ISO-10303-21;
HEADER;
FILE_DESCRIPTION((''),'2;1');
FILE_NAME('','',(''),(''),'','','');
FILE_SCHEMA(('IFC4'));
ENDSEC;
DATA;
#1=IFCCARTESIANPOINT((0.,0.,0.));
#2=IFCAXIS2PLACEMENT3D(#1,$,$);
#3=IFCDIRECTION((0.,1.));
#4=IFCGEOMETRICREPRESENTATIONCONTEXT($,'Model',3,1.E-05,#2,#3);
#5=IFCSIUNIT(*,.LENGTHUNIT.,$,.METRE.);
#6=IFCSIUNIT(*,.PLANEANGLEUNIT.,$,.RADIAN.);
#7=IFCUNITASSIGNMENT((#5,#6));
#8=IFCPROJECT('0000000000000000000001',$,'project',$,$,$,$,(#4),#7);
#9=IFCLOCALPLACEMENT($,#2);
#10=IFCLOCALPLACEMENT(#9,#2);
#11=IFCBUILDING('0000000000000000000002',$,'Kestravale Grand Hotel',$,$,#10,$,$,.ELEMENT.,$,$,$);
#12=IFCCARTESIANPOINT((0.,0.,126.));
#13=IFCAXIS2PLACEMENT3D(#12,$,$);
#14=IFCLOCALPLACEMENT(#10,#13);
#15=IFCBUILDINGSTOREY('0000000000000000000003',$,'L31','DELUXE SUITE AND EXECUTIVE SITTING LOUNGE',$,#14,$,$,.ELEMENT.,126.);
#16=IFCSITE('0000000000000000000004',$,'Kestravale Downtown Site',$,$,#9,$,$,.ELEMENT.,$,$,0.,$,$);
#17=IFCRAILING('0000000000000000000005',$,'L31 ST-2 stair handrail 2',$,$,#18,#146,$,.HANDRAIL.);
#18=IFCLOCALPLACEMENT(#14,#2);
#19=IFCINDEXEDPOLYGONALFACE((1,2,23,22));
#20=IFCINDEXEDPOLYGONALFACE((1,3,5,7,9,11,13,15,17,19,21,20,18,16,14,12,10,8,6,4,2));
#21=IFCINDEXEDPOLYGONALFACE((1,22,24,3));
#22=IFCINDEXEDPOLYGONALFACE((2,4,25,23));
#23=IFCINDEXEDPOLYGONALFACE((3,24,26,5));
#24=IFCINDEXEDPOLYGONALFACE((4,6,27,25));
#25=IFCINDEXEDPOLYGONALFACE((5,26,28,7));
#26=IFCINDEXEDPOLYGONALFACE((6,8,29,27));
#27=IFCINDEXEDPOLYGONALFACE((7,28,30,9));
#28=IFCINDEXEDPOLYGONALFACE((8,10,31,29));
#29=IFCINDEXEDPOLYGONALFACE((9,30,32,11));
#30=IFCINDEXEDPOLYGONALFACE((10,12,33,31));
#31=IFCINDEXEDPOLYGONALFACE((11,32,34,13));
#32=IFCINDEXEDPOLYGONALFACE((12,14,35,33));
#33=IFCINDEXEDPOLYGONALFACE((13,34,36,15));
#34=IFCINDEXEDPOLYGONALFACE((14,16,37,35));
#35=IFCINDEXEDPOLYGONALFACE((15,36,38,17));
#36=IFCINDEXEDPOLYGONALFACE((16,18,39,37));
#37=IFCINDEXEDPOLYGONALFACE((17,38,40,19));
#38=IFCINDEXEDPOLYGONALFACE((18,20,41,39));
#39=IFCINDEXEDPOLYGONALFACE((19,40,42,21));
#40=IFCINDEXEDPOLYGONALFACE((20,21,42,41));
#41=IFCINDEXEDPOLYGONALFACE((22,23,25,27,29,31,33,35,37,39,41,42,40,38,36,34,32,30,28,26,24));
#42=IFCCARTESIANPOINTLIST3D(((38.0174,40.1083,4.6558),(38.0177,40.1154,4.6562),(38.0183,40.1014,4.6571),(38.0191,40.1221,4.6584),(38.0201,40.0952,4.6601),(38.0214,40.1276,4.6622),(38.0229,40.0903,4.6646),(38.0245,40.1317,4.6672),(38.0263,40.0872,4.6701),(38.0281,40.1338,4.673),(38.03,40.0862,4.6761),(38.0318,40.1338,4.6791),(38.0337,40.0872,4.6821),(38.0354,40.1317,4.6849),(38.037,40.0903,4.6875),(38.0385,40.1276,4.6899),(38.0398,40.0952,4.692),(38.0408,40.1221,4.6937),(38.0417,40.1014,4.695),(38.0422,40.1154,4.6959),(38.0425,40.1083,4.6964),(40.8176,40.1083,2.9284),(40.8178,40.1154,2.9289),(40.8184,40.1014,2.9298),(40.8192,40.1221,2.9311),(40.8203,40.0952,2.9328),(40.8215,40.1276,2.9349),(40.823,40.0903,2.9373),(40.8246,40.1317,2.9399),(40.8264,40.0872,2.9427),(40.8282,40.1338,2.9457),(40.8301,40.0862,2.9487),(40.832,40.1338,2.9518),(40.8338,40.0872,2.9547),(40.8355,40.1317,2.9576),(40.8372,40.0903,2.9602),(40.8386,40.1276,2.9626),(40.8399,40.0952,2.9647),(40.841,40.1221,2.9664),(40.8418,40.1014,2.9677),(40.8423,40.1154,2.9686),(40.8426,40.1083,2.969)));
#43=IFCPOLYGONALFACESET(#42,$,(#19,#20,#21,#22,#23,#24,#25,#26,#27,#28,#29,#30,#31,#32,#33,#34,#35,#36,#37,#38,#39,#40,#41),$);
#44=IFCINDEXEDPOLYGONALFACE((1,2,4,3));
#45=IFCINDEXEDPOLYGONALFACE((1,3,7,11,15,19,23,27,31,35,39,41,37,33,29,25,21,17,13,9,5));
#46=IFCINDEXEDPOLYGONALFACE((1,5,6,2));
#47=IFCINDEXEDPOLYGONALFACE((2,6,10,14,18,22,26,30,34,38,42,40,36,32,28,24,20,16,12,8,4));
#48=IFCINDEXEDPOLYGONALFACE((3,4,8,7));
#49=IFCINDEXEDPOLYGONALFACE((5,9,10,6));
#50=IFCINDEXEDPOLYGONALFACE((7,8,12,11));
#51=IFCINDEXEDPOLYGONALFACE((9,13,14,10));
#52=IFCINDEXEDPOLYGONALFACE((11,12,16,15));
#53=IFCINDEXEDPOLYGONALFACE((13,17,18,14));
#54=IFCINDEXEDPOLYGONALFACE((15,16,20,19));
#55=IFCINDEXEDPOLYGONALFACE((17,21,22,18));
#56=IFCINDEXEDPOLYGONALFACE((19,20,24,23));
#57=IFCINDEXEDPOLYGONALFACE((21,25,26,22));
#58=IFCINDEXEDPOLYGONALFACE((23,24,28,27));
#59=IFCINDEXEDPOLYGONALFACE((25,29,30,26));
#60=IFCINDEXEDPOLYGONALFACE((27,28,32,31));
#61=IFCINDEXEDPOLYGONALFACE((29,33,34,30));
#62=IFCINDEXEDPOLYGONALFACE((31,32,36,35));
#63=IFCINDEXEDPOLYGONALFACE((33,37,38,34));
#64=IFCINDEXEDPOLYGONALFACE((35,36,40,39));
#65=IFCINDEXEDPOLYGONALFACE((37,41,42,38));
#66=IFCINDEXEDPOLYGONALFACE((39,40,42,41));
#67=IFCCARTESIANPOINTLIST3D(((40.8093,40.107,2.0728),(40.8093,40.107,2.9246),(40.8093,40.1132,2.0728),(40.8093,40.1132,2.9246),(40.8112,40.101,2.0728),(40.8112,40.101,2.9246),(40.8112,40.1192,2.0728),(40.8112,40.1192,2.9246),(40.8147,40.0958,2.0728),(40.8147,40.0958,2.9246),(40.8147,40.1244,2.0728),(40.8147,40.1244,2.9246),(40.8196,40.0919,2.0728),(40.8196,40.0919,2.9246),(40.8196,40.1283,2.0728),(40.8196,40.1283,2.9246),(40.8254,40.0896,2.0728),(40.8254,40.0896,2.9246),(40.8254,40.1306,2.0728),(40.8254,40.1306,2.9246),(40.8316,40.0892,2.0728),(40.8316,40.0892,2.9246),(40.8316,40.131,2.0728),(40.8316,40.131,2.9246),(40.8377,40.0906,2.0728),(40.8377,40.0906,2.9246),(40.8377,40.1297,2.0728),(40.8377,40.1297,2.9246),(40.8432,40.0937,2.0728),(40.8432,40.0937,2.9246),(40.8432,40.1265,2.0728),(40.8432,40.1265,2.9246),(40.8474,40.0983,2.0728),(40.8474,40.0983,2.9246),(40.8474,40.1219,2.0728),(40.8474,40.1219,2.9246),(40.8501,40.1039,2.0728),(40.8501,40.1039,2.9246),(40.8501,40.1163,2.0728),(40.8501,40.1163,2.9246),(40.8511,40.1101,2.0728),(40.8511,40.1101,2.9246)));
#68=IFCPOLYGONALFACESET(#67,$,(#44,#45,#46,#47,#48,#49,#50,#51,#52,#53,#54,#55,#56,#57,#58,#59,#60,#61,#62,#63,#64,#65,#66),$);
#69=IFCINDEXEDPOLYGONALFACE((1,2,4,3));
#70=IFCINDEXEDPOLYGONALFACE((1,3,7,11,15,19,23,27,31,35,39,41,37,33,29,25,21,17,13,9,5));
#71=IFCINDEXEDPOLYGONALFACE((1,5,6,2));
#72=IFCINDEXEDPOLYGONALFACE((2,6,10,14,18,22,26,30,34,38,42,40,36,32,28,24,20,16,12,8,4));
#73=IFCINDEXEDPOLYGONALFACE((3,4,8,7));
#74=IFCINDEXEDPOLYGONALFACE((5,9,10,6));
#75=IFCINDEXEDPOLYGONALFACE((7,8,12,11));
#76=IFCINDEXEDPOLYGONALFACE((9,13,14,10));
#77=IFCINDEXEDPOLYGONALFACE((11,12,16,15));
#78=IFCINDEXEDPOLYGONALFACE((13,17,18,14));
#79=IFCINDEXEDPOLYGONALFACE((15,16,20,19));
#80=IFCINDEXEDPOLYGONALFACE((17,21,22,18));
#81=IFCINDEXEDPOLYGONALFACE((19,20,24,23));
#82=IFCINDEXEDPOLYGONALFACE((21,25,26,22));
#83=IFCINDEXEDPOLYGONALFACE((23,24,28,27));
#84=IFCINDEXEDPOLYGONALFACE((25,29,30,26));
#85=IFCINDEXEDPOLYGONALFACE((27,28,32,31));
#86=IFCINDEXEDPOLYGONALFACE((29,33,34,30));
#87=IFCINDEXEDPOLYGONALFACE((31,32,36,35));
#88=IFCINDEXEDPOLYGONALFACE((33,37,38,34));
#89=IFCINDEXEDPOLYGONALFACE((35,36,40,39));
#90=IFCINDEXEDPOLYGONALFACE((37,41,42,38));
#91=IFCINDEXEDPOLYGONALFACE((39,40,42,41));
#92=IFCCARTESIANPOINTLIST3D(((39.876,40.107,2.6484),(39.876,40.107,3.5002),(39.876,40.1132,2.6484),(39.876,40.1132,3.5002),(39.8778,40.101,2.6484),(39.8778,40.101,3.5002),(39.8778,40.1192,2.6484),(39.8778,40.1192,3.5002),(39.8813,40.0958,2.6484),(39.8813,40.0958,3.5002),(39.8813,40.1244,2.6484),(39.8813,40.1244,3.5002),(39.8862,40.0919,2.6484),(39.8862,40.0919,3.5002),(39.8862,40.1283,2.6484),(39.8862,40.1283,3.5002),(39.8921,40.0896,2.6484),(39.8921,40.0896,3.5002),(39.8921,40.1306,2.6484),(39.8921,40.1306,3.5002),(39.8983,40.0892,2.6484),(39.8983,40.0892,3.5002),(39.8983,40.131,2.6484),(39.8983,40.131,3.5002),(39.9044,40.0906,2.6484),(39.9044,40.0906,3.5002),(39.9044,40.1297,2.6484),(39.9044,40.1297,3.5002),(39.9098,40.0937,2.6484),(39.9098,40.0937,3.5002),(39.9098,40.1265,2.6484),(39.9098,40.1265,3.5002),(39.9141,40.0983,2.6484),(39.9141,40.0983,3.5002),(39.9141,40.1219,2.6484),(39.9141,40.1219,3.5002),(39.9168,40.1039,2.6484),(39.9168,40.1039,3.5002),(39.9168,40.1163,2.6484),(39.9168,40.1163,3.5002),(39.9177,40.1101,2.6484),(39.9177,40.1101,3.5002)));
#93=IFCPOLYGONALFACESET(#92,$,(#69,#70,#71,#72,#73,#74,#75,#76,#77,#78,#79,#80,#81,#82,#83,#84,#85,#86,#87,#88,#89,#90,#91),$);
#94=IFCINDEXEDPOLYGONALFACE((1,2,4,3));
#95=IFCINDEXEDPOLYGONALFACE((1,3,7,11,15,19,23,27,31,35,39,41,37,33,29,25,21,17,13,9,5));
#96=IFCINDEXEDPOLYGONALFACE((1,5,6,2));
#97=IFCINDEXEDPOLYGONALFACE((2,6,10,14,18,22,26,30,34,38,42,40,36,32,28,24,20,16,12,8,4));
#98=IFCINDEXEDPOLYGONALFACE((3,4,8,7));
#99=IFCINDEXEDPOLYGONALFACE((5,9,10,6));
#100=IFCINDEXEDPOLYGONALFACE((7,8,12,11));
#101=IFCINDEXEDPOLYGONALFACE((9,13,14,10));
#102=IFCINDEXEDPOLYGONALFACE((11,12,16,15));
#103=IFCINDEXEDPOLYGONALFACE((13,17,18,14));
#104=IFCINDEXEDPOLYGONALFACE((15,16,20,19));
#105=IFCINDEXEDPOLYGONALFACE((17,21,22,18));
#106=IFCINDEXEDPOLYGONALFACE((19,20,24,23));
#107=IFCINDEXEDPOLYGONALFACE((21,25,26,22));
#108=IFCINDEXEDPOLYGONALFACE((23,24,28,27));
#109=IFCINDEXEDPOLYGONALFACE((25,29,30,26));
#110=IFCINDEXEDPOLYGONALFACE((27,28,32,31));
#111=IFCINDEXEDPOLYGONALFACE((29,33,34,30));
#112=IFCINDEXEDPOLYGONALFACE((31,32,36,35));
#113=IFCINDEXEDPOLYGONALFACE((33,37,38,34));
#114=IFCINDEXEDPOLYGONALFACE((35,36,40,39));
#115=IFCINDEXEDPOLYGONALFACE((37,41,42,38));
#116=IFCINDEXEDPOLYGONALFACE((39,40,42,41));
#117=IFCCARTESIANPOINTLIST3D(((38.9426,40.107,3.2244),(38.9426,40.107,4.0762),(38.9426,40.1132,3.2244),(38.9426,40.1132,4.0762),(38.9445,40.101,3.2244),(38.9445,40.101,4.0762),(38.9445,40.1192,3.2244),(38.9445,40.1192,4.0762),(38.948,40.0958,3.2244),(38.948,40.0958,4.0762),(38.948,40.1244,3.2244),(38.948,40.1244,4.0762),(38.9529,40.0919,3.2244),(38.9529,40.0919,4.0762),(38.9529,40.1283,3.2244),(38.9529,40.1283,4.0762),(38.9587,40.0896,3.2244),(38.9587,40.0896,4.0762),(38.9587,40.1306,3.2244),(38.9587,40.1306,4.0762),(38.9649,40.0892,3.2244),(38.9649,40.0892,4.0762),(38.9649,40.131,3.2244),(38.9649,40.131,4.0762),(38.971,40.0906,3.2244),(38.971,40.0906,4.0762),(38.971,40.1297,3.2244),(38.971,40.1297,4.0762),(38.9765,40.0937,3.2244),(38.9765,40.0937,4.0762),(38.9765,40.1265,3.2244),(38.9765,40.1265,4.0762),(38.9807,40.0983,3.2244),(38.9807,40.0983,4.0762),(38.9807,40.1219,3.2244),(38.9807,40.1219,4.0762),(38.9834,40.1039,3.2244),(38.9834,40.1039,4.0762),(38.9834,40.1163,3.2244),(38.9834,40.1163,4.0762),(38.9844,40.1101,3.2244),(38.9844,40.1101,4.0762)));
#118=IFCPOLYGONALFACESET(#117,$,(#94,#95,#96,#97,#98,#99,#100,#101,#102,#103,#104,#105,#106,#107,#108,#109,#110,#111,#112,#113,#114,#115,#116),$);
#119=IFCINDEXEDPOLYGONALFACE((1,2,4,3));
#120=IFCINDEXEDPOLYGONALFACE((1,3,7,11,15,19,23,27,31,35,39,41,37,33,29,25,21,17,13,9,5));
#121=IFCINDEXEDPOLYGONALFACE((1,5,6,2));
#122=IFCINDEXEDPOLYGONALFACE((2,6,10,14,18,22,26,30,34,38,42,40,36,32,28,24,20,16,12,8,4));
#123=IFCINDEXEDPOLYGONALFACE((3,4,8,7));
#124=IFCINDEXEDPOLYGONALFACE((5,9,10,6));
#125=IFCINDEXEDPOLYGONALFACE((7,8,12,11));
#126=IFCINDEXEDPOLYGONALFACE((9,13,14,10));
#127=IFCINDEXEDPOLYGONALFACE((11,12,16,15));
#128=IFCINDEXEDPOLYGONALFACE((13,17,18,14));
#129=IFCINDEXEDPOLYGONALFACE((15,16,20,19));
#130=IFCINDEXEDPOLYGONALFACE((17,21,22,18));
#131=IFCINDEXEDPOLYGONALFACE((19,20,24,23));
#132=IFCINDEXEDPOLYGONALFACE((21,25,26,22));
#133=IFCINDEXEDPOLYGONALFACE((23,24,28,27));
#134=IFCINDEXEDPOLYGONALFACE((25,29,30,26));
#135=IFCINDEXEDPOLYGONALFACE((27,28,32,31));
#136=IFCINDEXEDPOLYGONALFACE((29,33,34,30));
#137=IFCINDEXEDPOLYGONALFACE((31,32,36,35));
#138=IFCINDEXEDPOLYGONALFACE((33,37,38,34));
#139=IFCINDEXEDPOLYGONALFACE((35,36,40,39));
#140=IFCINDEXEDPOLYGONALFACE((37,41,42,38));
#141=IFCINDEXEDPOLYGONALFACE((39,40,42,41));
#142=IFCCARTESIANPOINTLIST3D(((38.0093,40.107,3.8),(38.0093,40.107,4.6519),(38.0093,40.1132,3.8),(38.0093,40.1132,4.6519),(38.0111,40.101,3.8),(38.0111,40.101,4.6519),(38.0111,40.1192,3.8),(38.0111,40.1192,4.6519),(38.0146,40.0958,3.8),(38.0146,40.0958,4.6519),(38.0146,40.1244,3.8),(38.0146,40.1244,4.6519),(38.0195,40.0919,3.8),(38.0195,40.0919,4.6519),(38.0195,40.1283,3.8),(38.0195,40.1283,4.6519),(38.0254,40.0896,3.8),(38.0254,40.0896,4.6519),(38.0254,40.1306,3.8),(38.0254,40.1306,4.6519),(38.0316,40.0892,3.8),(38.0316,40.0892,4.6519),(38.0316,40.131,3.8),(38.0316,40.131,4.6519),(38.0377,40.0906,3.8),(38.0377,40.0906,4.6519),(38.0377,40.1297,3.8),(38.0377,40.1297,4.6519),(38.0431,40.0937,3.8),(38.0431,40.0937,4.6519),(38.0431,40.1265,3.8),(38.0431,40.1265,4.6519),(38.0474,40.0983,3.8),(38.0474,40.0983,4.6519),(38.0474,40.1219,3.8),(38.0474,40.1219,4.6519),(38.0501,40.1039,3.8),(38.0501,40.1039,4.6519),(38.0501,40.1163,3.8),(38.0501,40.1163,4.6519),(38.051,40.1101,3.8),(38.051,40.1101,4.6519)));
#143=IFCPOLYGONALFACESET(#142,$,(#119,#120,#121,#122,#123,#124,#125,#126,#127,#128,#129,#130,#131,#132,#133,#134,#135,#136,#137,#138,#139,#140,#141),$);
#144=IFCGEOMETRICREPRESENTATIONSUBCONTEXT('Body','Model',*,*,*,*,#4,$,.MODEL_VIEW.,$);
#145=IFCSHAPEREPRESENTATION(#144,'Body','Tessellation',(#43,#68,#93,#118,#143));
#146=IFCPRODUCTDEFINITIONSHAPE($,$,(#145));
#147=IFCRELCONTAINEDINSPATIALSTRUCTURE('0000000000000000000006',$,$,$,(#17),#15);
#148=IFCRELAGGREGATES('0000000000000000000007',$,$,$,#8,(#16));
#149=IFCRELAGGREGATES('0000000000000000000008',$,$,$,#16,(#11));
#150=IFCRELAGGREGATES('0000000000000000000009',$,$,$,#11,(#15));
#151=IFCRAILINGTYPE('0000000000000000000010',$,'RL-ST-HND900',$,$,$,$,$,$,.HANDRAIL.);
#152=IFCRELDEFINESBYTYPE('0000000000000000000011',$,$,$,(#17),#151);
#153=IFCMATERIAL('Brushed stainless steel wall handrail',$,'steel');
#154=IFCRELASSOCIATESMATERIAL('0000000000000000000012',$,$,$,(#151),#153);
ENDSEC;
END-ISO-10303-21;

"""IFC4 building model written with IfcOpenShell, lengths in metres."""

from ifc_helpers import new_model, si_unit, direction, frame, origin, origin_2d, place, context, subcontext, project, spatial, circle, extrude, material, type_object, element, save


model = new_model("IFC4")

# Units and contexts
model_context = context("Model", 3, precision=1e-05, world=origin(), true_north=direction((0.0, 1.0)))
body_context = subcontext(model_context, "Body", "Model", "MODEL_VIEW")
ifc_project = project(units=[si_unit("LENGTHUNIT", "METRE"), si_unit("PLANEANGLEUNIT", "RADIAN")], contexts=[model_context])

# Site, building, storey
site_placement = place(None, origin())
site = spatial("IfcSite", under=ifc_project, at=site_placement, Name="Kestravale Downtown Site", CompositionType="ELEMENT", RefElevation=0.0)
building_placement = place(site_placement, origin())
building = spatial("IfcBuilding", under=site, at=building_placement, Name="Kestravale Grand Hotel", CompositionType="ELEMENT")
storey_placement = place(building_placement, frame((0.0, 0.0, 126.0)))
storey = spatial("IfcBuildingStorey", under=building, at=storey_placement, Name="L31", Description="DELUXE SUITE AND EXECUTIVE SITTING LOUNGE", CompositionType="ELEMENT", Elevation=126.0)

# Railing
ifc_material_1 = material(Name="Brushed stainless steel wall handrail", Category="steel")
railing_type_1 = type_object("IfcRailingType", Name="RL-ST-HND900", PredefinedType="HANDRAIL", material=ifc_material_1)
railing_1_placement = place(storey_placement, frame((40.8301, 40.1101, 2.0728)))
element("IfcRailing", 1, at=railing_1_placement, inside=storey, type_object=railing_type_1, Name="L31 ST-2 stair handrail 2", PredefinedType="HANDRAIL", context=body_context, shape_type="SweptSolid", body=[
    extrude(circle(Radius=0.0239, at=origin_2d()), frame((0.0, 0.0, 0.876), z_axis=(-0.85109, 0.0, 0.52502), x_axis=(0.0, -1.0, 0.0)), (0.0, 0.0, 1.0), 3.29),
    extrude(circle(Radius=0.021, at=origin_2d()), origin(), (0.0, 0.0, 1.0), 0.8518),
    extrude(circle(Radius=0.021, at=origin_2d()), frame((-0.9333, 0.0, 0.5757)), (0.0, 0.0, 1.0), 0.8518),
    extrude(circle(Radius=0.021, at=origin_2d()), frame((-1.8667, 0.0, 1.1516)), (0.0, 0.0, 1.0), 0.8518),
    extrude(circle(Radius=0.021, at=origin_2d()), frame((-2.8, 0.0, 1.7273)), (0.0, 0.0, 1.0), 0.8518),
])

save(model, "model.ifc")
